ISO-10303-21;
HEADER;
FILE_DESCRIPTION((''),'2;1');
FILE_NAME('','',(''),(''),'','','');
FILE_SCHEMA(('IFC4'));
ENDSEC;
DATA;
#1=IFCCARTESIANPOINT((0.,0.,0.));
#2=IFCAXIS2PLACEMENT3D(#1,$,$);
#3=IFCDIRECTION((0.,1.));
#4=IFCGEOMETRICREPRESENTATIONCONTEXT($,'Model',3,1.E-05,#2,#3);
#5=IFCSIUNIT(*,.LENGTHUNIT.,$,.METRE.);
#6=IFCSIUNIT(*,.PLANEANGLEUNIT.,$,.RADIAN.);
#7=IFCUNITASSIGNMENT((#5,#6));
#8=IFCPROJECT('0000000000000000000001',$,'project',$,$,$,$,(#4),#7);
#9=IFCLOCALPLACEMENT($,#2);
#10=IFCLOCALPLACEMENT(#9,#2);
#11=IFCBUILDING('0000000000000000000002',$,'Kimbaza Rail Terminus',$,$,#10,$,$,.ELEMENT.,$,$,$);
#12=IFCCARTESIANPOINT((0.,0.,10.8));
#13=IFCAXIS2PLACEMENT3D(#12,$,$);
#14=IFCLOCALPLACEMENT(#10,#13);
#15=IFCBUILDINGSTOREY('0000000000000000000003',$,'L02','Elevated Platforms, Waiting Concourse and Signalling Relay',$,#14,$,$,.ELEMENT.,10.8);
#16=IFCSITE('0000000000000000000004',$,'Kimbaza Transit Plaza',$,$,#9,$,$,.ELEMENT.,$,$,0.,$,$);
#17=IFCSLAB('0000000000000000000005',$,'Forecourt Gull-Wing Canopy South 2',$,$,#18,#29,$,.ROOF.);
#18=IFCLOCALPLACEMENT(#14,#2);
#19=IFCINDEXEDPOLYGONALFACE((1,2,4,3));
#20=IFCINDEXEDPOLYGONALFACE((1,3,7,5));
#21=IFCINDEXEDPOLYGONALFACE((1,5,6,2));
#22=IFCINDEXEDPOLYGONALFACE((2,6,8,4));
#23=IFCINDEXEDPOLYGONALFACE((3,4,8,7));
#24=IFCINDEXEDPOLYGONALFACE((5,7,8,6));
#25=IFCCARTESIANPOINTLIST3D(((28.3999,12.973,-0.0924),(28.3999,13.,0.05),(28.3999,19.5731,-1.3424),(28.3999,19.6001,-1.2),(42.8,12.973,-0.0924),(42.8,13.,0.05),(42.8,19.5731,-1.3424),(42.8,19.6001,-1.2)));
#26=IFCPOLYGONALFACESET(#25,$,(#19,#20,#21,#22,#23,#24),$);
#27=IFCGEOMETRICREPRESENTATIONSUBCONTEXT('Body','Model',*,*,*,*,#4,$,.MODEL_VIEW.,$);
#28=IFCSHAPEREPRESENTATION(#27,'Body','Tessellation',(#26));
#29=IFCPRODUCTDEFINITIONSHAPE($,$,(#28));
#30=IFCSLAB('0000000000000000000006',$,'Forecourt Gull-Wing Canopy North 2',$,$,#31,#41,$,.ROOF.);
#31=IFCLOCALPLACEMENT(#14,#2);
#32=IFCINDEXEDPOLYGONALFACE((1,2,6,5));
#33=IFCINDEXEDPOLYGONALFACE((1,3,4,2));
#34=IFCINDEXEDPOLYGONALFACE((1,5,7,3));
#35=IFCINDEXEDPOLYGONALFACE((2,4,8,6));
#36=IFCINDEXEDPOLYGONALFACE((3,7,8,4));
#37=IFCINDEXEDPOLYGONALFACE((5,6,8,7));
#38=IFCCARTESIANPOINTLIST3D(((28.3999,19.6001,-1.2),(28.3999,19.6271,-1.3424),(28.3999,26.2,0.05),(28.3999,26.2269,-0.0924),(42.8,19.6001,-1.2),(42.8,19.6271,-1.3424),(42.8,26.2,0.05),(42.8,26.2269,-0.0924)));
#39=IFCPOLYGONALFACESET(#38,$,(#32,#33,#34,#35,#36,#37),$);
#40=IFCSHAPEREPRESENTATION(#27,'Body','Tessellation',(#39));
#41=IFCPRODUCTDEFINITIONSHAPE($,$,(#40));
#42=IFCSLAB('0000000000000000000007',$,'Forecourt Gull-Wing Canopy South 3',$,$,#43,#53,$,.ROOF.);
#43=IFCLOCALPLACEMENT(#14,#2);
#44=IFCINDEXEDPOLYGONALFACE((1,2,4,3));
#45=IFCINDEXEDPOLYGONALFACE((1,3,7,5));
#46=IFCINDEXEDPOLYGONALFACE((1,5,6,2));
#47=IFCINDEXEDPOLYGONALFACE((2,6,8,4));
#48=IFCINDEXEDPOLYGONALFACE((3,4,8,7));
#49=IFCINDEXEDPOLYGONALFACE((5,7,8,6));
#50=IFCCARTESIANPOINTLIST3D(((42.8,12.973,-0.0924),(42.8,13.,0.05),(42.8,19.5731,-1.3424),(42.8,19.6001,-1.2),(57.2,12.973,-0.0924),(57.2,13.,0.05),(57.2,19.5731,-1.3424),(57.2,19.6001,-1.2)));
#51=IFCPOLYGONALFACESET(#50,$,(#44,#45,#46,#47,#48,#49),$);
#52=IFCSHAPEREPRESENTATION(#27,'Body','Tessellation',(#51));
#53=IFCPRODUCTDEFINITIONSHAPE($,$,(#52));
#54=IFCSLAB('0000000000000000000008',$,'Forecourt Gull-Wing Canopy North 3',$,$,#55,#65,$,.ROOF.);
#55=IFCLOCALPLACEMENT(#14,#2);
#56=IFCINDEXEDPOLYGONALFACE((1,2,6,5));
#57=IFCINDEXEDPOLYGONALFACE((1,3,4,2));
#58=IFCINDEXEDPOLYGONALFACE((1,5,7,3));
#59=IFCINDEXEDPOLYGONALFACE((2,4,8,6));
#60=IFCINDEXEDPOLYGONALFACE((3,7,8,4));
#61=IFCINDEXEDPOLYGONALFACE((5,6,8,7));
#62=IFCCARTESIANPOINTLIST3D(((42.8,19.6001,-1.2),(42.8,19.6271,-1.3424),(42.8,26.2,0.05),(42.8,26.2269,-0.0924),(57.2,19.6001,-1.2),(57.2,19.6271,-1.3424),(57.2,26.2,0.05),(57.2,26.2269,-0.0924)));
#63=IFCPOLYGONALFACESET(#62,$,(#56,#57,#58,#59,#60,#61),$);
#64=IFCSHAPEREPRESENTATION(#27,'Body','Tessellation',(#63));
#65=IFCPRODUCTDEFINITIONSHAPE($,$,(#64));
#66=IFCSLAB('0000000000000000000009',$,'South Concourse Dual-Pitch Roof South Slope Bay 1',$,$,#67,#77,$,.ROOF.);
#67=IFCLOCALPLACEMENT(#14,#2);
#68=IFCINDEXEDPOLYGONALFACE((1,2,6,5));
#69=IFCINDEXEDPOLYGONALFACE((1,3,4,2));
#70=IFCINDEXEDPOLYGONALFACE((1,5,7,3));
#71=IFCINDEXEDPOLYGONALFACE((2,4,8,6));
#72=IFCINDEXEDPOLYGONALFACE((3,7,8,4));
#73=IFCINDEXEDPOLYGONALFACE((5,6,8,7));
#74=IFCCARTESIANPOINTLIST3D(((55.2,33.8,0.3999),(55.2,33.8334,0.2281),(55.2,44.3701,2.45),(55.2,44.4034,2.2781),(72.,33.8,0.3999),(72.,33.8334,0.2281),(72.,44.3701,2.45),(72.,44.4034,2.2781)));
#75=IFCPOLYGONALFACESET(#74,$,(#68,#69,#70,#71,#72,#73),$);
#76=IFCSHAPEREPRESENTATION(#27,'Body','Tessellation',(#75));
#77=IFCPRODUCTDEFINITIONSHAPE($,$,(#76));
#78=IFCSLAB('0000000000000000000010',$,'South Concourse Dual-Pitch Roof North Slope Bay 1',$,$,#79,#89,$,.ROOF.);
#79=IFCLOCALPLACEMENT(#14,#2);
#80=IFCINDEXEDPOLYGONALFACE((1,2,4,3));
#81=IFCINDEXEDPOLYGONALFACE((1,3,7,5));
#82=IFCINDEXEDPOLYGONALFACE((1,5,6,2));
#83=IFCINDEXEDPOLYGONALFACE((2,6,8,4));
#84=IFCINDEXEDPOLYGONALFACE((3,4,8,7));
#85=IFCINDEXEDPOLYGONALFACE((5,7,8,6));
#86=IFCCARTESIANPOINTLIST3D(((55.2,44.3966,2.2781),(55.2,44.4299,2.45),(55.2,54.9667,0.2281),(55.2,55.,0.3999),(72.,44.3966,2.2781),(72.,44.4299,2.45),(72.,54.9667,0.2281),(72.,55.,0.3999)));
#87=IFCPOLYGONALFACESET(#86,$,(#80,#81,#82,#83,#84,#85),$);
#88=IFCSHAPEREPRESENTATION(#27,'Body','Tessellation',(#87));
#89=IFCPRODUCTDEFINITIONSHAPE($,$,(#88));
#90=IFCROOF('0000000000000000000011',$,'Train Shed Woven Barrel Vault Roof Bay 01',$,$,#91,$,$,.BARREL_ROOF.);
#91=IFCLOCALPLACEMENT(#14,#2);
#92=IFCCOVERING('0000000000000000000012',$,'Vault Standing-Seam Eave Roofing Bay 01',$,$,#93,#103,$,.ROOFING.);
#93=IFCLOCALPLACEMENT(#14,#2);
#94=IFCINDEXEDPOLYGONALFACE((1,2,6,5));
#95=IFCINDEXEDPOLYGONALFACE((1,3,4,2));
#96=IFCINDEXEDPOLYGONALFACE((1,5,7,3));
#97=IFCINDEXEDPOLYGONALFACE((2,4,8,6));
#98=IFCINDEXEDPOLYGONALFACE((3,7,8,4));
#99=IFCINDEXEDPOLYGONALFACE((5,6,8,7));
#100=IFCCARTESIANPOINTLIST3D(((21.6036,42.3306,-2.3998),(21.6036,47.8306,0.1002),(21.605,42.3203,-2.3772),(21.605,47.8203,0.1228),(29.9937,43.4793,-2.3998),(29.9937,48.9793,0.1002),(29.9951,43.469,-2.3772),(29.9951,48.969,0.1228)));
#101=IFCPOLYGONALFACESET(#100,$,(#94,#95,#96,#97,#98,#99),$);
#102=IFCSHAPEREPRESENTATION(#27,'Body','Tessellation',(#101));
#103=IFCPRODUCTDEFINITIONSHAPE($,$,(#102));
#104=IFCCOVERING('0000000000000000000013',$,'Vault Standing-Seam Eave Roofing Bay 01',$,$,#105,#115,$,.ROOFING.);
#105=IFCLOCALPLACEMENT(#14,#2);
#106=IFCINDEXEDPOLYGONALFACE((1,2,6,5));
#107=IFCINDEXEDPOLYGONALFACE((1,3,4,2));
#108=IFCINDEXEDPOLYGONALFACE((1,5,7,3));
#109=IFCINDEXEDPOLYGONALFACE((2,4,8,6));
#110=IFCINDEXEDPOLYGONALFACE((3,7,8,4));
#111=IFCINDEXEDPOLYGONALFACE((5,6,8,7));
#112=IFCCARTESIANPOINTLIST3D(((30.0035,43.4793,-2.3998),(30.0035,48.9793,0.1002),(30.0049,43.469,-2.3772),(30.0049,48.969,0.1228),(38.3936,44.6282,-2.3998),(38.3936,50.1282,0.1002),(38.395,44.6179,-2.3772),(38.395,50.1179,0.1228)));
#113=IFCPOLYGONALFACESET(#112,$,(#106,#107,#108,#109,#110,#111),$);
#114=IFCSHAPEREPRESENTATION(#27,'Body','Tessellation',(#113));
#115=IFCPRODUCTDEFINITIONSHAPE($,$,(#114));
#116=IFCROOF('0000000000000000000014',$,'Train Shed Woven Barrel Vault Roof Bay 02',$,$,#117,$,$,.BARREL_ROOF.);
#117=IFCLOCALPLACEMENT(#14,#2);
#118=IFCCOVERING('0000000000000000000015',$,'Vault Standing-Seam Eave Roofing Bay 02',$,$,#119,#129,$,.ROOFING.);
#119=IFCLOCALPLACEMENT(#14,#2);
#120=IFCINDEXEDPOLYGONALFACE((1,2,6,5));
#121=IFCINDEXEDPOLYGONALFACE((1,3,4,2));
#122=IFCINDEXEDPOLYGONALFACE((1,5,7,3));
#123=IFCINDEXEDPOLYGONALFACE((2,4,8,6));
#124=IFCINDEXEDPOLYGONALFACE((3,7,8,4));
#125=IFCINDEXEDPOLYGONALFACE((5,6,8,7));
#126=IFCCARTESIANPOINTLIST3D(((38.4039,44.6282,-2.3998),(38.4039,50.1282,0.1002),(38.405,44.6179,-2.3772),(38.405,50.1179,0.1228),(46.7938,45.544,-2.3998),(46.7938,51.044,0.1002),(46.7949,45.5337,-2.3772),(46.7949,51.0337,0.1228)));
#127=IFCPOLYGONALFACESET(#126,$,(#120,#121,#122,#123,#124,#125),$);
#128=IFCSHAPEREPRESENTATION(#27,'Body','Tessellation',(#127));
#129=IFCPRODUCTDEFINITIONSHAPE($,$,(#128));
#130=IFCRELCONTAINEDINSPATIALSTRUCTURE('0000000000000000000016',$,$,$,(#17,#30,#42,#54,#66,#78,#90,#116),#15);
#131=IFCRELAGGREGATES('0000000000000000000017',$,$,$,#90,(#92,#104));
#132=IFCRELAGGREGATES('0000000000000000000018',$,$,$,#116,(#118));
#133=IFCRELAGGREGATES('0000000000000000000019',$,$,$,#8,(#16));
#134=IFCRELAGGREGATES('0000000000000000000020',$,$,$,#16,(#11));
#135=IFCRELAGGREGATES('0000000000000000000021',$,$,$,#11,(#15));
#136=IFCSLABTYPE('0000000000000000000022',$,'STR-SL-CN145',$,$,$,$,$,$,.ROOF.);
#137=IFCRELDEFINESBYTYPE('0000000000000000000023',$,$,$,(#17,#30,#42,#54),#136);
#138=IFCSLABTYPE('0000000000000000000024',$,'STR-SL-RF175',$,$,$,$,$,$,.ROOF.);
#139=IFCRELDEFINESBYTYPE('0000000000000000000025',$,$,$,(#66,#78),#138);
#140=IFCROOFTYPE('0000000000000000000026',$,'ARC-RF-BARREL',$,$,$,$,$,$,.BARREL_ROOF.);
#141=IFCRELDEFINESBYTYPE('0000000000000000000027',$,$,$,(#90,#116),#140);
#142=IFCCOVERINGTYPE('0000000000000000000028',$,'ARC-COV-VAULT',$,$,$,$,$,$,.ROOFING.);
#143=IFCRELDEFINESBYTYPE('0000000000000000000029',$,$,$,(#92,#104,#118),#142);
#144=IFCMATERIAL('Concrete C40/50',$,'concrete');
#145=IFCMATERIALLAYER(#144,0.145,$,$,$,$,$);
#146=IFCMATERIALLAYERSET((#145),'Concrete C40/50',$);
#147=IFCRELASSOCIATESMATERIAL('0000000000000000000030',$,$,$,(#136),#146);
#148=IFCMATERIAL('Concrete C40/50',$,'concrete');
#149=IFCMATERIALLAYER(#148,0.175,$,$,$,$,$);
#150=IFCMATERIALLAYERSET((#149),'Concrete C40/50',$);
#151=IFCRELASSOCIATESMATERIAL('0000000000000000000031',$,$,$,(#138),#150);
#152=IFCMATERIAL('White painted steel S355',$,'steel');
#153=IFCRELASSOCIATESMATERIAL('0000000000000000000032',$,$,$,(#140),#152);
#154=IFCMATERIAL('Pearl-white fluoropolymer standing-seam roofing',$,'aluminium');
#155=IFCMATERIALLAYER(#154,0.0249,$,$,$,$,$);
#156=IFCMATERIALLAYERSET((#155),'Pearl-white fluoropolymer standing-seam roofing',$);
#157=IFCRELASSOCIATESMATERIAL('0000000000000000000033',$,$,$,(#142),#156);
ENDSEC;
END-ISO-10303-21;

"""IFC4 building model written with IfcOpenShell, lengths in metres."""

from ifc_helpers import new_model, si_unit, direction, frame, origin, place, context, subcontext, project, spatial, polyline, outline, extrude, material, layer, layer_set, type_object, element, aggregate, save


model = new_model("IFC4")

# Units and contexts
model_context = context("Model", 3, precision=1e-05, world=origin(), true_north=direction((0.0, 1.0)))
body_context = subcontext(model_context, "Body", "Model", "MODEL_VIEW")
ifc_project = project(units=[si_unit("LENGTHUNIT", "METRE"), si_unit("PLANEANGLEUNIT", "RADIAN")], contexts=[model_context])

# Site, building, storey
site_placement = place(None, origin())
site = spatial("IfcSite", under=ifc_project, at=site_placement, Name="Kimbaza Transit Plaza", CompositionType="ELEMENT", RefElevation=0.0)
building_placement = place(site_placement, origin())
building = spatial("IfcBuilding", under=site, at=building_placement, Name="Kimbaza Rail Terminus", CompositionType="ELEMENT")
storey_placement = place(building_placement, frame((0.0, 0.0, 10.8)))
storey = spatial("IfcBuildingStorey", under=building, at=storey_placement, Name="L02", Description="Elevated Platforms, Waiting Concourse and Signalling Relay", CompositionType="ELEMENT", Elevation=10.8)

# Slabs
ifc_material_1 = material(Name="Concrete C40/50", Category="concrete")
ifc_layer_1 = layer(ifc_material_1, 0.145)
ifc_layer_set_1 = layer_set([ifc_layer_1], Name="Concrete C40/50")
slab_type_1 = type_object("IfcSlabType", Name="STR-SL-CN145", PredefinedType="ROOF", material=ifc_layer_set_1)
slab_1_placement = place(storey_placement, frame((28.3999, 13.0, 0.05), z_axis=(0.0, 0.186083, 0.982534), x_axis=(1.0, 0.0, 0.0)))
element("IfcSlab", 1, at=slab_1_placement, inside=storey, type_object=slab_type_1, Name="Forecourt Gull-Wing Canopy South 2", PredefinedType="ROOF", context=body_context, shape_type="SweptSolid", body=[
    extrude(outline(polyline([(0.0, 0.0), (14.4001, 0.0), (14.4001, 6.7174), (0.0, 6.7174), (0.0, 0.0)])), origin(), (0.0, 0.0, -1.0), 0.145),
])
slab_2_placement = place(storey_placement, frame((28.3999, 19.6001, -1.2), z_axis=(0.0, -0.18609, 0.982533), x_axis=(1.0, 0.0, 0.0)))
element("IfcSlab", 2, at=slab_2_placement, inside=storey, type_object=slab_type_1, Name="Forecourt Gull-Wing Canopy North 2", PredefinedType="ROOF", context=body_context, shape_type="SweptSolid", body=[
    extrude(outline(polyline([(0.0, 0.0), (14.4001, 0.0), (14.4001, 6.7172), (0.0, 6.7172), (0.0, 0.0)])), origin(), (0.0, 0.0, -1.0), 0.145),
])
slab_3_placement = place(storey_placement, frame((42.8, 13.0, 0.05), z_axis=(0.0, 0.186083, 0.982534), x_axis=(1.0, 0.0, 0.0)))
element("IfcSlab", 3, at=slab_3_placement, inside=storey, type_object=slab_type_1, Name="Forecourt Gull-Wing Canopy South 3", PredefinedType="ROOF", context=body_context, shape_type="SweptSolid", body=[
    extrude(outline(polyline([(0.0, 0.0), (14.3999, 0.0), (14.3999, 6.7174), (0.0, 6.7174), (0.0, 0.0)])), origin(), (0.0, 0.0, -1.0), 0.145),
])
slab_4_placement = place(storey_placement, frame((42.8, 19.6001, -1.2), z_axis=(0.0, -0.18609, 0.982533), x_axis=(1.0, 0.0, 0.0)))
element("IfcSlab", 4, at=slab_4_placement, inside=storey, type_object=slab_type_1, Name="Forecourt Gull-Wing Canopy North 3", PredefinedType="ROOF", context=body_context, shape_type="SweptSolid", body=[
    extrude(outline(polyline([(0.0, 0.0), (14.3999, 0.0), (14.3999, 6.7172), (0.0, 6.7172), (0.0, 0.0)])), origin(), (0.0, 0.0, -1.0), 0.145),
])
ifc_material_2 = material(Name="Concrete C40/50", Category="concrete")
ifc_layer_2 = layer(ifc_material_2, 0.175)
ifc_layer_set_2 = layer_set([ifc_layer_2], Name="Concrete C40/50")
slab_type_2 = type_object("IfcSlabType", Name="STR-SL-RF175", PredefinedType="ROOF", material=ifc_layer_set_2)
for number, where, z_axis, x_axis, name in (
    (5, (55.2, 33.8, 0.3999), (0.0, -0.1904, 0.981706), (1.0, 0.0, 0.0), "South Concourse Dual-Pitch Roof South Slope Bay 1"),
    (6, (55.2, 44.4299, 2.45), (0.0, 0.1904, 0.981706), (1.0, 0.0, 0.0), "South Concourse Dual-Pitch Roof North Slope Bay 1"),
):
    element("IfcSlab", number, at=place(storey_placement, frame(where, z_axis=z_axis, x_axis=x_axis)), inside=storey, type_object=slab_type_2, Name=name, PredefinedType="ROOF", context=body_context, shape_type="SweptSolid", body=[
        extrude(outline(polyline([(0.0, 0.0), (16.8, 0.0), (16.8, 10.767), (0.0, 10.767), (0.0, 0.0)])), origin(), (0.0, 0.0, -1.0), 0.175),
    ])

# Roof, coverings
ifc_material_3 = material(Name="White painted steel S355", Category="steel")
roof_type = type_object("IfcRoofType", Name="ARC-RF-BARREL", PredefinedType="BARREL_ROOF", material=ifc_material_3)
roof_1_placement = place(storey_placement, origin())
roof_1 = element("IfcRoof", 7, at=roof_1_placement, inside=storey, type_object=roof_type, Name="Train Shed Woven Barrel Vault Roof Bay 01", PredefinedType="BARREL_ROOF")
ifc_material_4 = material(Name="Pearl-white fluoropolymer standing-seam roofing", Category="aluminium")
ifc_layer_3 = layer(ifc_material_4, 0.0249)
ifc_layer_set_3 = layer_set([ifc_layer_3], Name="Pearl-white fluoropolymer standing-seam roofing")
covering_type = type_object("IfcCoveringType", Name="ARC-COV-VAULT", PredefinedType="ROOFING", material=ifc_layer_set_3)
covering_1_placement = place(storey_placement, frame((21.605, 42.3203, -2.3772), z_axis=(0.056562, -0.41314, 0.908909), x_axis=(0.990758, 0.135643, 0.0)))
covering_1 = element("IfcCovering", 8, at=covering_1_placement, type_object=covering_type, Name="Vault Standing-Seam Eave Roofing Bay 01", PredefinedType="ROOFING", context=body_context, shape_type="SweptSolid", body=[
    extrude(outline(polyline([(0.0, 0.0), (8.4684, 0.0), (9.2144, 5.9953), (0.746, 5.9953), (0.0, 0.0)])), origin(), (0.0, 0.0, -1.0), 0.0249),
])
covering_2_placement = place(storey_placement, frame((30.0049, 43.469, -2.3772), z_axis=(0.056574, -0.41314, 0.908908), x_axis=(0.990754, 0.135672, 0.0)))
covering_2 = element("IfcCovering", 9, at=covering_2_placement, type_object=covering_type, Name="Vault Standing-Seam Eave Roofing Bay 01", PredefinedType="ROOFING", context=body_context, shape_type="SweptSolid", body=[
    extrude(outline(polyline([(0.0, 0.0), (8.4684, 0.0), (9.2146, 5.9953), (0.7462, 5.9953), (0.0, 0.0)])), origin(), (0.0, 0.0, -1.0), 0.0249),
])
aggregate(roof_1, [covering_1, covering_2])

# Roof, covering
roof_2_placement = place(storey_placement, origin())
roof_2 = element("IfcRoof", 10, at=roof_2_placement, inside=storey, type_object=roof_type, Name="Train Shed Woven Barrel Vault Roof Bay 02", PredefinedType="BARREL_ROOF")
covering_3_placement = place(storey_placement, frame((38.405, 44.6179, -2.3772), z_axis=(0.045121, -0.413381, 0.909439), x_axis=(0.994096, 0.108507, 0.0)))
covering_3 = element("IfcCovering", 11, at=covering_3_placement, type_object=covering_type, Name="Vault Standing-Seam Eave Roofing Bay 02", PredefinedType="ROOFING", context=body_context, shape_type="SweptSolid", body=[
    extrude(outline(polyline([(0.0, 0.0), (8.4397, 0.0), (9.0365, 6.012), (0.5968, 6.012), (0.0, 0.0)])), origin(), (0.0, 0.0, -1.0), 0.0249),
])
aggregate(roof_2, [covering_3])

save(model, "model.ifc")
